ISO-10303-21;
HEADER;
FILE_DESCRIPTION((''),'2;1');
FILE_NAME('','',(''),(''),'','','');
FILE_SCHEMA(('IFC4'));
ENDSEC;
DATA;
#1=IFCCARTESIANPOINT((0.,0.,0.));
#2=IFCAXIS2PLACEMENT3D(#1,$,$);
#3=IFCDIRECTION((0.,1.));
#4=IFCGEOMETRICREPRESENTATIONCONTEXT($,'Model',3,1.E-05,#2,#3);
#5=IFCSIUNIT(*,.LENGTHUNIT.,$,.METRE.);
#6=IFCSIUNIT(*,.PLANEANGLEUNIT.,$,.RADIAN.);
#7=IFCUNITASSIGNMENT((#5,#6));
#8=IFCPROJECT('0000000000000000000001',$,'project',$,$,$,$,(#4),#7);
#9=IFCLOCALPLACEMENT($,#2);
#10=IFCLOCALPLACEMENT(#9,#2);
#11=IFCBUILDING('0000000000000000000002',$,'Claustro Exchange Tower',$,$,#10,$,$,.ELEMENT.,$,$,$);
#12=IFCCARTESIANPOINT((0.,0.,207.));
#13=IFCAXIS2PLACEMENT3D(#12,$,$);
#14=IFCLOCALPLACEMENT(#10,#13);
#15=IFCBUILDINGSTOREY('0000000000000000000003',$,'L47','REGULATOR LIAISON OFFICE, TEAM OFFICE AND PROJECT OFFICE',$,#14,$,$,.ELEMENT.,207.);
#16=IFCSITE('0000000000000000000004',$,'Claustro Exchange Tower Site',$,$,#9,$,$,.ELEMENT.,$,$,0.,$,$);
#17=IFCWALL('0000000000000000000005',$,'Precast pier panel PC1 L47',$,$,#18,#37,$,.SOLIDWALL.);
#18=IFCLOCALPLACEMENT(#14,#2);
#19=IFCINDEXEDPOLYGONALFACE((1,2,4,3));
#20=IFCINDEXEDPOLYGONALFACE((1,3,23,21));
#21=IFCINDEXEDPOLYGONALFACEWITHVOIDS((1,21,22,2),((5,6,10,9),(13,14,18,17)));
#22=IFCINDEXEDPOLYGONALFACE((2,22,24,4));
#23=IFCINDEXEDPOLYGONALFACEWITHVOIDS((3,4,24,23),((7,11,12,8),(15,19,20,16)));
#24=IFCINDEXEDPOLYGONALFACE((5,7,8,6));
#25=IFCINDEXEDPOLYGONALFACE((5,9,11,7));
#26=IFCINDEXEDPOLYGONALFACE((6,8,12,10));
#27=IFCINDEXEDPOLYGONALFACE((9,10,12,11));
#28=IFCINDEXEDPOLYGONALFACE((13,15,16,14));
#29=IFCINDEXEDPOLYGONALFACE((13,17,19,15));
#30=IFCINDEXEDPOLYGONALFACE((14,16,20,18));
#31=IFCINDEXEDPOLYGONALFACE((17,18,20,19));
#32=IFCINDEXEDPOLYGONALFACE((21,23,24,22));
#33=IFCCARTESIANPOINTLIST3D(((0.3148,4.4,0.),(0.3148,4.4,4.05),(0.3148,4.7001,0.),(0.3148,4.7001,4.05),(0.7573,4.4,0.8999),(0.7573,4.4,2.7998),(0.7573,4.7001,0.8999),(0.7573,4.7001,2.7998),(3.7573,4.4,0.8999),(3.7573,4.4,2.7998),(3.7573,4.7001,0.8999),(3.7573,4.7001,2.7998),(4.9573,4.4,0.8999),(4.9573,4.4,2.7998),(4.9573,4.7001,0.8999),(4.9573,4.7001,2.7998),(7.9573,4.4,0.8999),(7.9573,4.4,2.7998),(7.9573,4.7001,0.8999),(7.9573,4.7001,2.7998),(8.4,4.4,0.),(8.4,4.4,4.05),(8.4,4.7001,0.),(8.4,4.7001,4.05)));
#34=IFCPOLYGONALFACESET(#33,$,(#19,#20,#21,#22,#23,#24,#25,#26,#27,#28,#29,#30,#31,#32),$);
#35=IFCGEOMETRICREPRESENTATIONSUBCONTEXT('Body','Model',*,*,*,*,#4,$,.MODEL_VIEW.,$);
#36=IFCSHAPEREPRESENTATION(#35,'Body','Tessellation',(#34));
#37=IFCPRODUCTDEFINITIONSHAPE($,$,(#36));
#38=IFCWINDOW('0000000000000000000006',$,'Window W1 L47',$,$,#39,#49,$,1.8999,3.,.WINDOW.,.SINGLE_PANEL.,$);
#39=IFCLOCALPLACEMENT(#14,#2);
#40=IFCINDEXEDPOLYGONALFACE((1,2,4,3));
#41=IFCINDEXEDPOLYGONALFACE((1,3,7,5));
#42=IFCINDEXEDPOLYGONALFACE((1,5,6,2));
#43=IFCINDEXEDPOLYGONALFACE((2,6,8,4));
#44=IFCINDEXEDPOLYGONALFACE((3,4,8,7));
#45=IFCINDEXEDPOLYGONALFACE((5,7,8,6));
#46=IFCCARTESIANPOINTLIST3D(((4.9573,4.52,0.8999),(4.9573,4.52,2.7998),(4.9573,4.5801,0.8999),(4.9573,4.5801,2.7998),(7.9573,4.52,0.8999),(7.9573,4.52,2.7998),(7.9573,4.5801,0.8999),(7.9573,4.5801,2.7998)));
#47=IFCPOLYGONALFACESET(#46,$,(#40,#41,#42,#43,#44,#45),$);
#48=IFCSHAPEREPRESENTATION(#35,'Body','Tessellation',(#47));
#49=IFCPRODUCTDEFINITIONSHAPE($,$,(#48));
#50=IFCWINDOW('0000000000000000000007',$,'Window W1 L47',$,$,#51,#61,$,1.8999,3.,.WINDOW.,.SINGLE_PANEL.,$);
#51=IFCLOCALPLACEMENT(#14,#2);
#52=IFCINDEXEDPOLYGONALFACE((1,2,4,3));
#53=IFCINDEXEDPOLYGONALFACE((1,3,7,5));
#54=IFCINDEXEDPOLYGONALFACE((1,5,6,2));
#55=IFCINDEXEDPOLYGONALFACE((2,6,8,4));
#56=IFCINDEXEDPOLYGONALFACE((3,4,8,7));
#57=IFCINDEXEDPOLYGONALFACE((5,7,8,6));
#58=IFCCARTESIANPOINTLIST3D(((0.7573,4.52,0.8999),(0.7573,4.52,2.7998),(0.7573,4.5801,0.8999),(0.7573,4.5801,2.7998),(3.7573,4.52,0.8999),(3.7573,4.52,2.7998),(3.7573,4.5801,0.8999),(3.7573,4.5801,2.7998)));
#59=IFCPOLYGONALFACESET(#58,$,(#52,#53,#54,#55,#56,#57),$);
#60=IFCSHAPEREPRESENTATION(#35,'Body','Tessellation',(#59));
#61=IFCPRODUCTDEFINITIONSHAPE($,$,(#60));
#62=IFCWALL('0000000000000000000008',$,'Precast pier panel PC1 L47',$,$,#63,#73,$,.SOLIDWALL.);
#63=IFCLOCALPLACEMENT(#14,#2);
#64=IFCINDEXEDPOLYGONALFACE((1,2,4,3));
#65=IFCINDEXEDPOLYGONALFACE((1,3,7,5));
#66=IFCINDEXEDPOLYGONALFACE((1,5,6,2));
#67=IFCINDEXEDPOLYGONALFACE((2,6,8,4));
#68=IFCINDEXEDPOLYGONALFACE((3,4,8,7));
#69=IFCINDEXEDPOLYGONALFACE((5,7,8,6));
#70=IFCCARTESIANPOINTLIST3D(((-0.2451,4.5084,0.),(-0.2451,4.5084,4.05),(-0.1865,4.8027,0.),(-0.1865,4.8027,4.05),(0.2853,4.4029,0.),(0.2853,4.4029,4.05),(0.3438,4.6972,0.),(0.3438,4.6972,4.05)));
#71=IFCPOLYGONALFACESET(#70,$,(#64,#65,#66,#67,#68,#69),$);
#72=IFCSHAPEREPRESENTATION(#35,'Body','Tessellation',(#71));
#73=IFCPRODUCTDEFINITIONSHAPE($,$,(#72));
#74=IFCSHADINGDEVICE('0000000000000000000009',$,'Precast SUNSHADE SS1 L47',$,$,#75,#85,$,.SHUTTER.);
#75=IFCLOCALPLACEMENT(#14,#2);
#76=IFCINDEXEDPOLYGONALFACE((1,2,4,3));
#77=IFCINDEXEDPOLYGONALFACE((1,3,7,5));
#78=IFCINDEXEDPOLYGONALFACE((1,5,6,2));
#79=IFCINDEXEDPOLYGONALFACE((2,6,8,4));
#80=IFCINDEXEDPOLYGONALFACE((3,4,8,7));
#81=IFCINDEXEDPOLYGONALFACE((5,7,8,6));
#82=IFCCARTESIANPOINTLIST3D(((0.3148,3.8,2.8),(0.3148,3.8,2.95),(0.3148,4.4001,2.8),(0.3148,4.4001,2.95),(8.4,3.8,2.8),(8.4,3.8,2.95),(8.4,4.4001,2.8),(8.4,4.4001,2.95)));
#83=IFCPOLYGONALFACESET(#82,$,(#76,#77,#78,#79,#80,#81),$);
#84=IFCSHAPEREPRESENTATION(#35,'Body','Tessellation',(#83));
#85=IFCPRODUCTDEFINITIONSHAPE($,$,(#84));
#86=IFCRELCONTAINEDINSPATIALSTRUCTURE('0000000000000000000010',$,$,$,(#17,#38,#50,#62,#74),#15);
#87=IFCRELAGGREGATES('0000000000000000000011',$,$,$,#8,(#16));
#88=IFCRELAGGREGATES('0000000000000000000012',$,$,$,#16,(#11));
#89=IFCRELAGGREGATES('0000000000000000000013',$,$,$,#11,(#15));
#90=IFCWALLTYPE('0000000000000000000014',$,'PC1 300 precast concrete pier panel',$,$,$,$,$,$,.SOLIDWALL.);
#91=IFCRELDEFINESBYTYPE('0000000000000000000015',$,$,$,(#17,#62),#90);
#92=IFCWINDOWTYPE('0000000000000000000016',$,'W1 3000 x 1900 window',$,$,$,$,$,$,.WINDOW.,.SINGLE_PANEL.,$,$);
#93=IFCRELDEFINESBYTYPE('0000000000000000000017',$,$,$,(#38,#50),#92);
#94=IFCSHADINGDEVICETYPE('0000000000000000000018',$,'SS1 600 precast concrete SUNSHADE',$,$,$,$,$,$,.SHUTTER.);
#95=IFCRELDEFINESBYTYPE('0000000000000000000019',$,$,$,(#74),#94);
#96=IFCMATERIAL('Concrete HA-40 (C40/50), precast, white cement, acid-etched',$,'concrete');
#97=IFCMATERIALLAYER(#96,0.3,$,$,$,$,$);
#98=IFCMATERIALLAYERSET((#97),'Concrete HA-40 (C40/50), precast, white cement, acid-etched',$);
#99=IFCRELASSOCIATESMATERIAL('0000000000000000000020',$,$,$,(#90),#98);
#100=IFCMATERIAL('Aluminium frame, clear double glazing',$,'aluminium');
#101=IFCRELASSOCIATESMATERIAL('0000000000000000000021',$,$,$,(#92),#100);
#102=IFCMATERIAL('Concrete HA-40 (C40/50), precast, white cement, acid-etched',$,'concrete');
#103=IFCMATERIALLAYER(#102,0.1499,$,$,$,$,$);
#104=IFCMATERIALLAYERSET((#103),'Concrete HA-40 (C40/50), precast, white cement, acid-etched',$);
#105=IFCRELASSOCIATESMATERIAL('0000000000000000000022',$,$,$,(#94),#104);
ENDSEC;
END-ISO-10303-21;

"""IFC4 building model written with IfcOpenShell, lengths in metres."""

from ifc_helpers import new_model, si_unit, direction, frame, frame_2d, origin, origin_2d, place, context, subcontext, project, spatial, rectangle, extrude, material, layer, layer_set, type_object, element, fill, save


model = new_model("IFC4")

# Units and contexts
model_context = context("Model", 3, precision=1e-05, world=origin(), true_north=direction((0.0, 1.0)))
body_context = subcontext(model_context, "Body", "Model", "MODEL_VIEW")
ifc_project = project(units=[si_unit("LENGTHUNIT", "METRE"), si_unit("PLANEANGLEUNIT", "RADIAN")], contexts=[model_context])

# Site, building, storey
site_placement = place(None, origin())
site = spatial("IfcSite", under=ifc_project, at=site_placement, Name="Claustro Exchange Tower Site", CompositionType="ELEMENT", RefElevation=0.0)
building_placement = place(site_placement, origin())
building = spatial("IfcBuilding", under=site, at=building_placement, Name="Claustro Exchange Tower", CompositionType="ELEMENT")
storey_placement = place(building_placement, frame((0.0, 0.0, 207.0)))
storey = spatial("IfcBuildingStorey", under=building, at=storey_placement, Name="L47", Description="REGULATOR LIAISON OFFICE, TEAM OFFICE AND PROJECT OFFICE", CompositionType="ELEMENT", Elevation=207.0)

# Wall, openings, windows
ifc_material_1 = material(Name="Concrete HA-40 (C40/50), precast, white cement, acid-etched", Category="concrete")
ifc_layer_1 = layer(ifc_material_1, 0.3)
ifc_layer_set_1 = layer_set([ifc_layer_1], Name="Concrete HA-40 (C40/50), precast, white cement, acid-etched")
wall_type_1 = type_object("IfcWallType", Name="PC1 300 precast concrete pier panel", PredefinedType="SOLIDWALL", material=ifc_layer_set_1)
wall_1_placement = place(storey_placement, frame((8.3999, 4.55, 0.0), z_axis=(0.0, 0.0, 1.0), x_axis=(-1.0, 0.0, 0.0)))
wall_1 = element("IfcWall", 1, at=wall_1_placement, inside=storey, type_object=wall_type_1, Name="Precast pier panel PC1 L47", PredefinedType="SOLIDWALL", context=body_context, shape_type="SweptSolid", body=[
    extrude(rectangle(XDim=8.0852, YDim=0.3, at=frame_2d((4.0425, 0.0))), origin(), (0.0, 0.0, 1.0), 4.05),
])
opening_1_placement = place(wall_1_placement, frame((0.4426, 0.0, 0.8999)))
opening_1 = element("IfcOpeningElement", 2, at=opening_1_placement, cuts=wall_1, PredefinedType="OPENING", context=body_context, shape_type="SweptSolid", body=[
    extrude(rectangle(XDim=3.0, YDim=1.8999, at=frame_2d((1.5, 0.95))), frame((0.0, 0.1599, 0.0), z_axis=(0.0, -1.0, 0.0), x_axis=(1.0, 0.0, 0.0)), (0.0, 0.0, 1.0), 0.3201),
])
opening_2_placement = place(wall_1_placement, frame((4.6426, 0.0, 0.8999)))
opening_2 = element("IfcOpeningElement", 3, at=opening_2_placement, cuts=wall_1, PredefinedType="OPENING", context=body_context, shape_type="SweptSolid", body=[
    extrude(rectangle(XDim=3.0, YDim=1.8999, at=frame_2d((1.5, 0.95))), frame((0.0, 0.1599, 0.0), z_axis=(0.0, -1.0, 0.0), x_axis=(1.0, 0.0, 0.0)), (0.0, 0.0, 1.0), 0.3201),
])
ifc_material_2 = material(Name="Aluminium frame, clear double glazing", Category="aluminium")
window_type = type_object("IfcWindowType", Name="W1 3000 x 1900 window", PartitioningType="SINGLE_PANEL", PredefinedType="WINDOW", material=ifc_material_2)
window_1_placement = place(opening_1_placement, origin())
window_1 = element("IfcWindow", 4, at=window_1_placement, inside=storey, type_object=window_type, Name="Window W1 L47", OverallHeight=1.8999, OverallWidth=3.0, PartitioningType="SINGLE_PANEL", PredefinedType="WINDOW", context=body_context, shape_type="SweptSolid", body=[
    extrude(rectangle(XDim=3.0, YDim=1.8999, at=frame_2d((1.5, 0.95))), frame((0.0, 0.03, 0.0), z_axis=(0.0, -1.0, 0.0), x_axis=(1.0, 0.0, 0.0)), (0.0, 0.0, 1.0), 0.0601),
])
fill(opening_1, window_1)
window_2_placement = place(opening_2_placement, origin())
window_2 = element("IfcWindow", 5, at=window_2_placement, inside=storey, type_object=window_type, Name="Window W1 L47", OverallHeight=1.8999, OverallWidth=3.0, PartitioningType="SINGLE_PANEL", PredefinedType="WINDOW", context=body_context, shape_type="SweptSolid", body=[
    extrude(rectangle(XDim=3.0, YDim=1.8999, at=frame_2d((1.5, 0.95))), frame((0.0, 0.03, 0.0), z_axis=(0.0, -1.0, 0.0), x_axis=(1.0, 0.0, 0.0)), (0.0, 0.0, 1.0), 0.0601),
])
fill(opening_2, window_2)

# Wall
wall_2_placement = place(storey_placement, frame((0.3147, 4.55, 0.0), z_axis=(0.0, 0.0, 1.0), x_axis=(-0.980789, 0.195074, 0.0)))
element("IfcWall", 6, at=wall_2_placement, inside=storey, type_object=wall_type_1, Name="Precast pier panel PC1 L47", PredefinedType="SOLIDWALL", context=body_context, shape_type="SweptSolid", body=[
    extrude(rectangle(XDim=0.5408, YDim=0.3, at=frame_2d((0.2705, 0.0))), origin(), (0.0, 0.0, 1.0), 4.05),
])

# Shading device
ifc_material_3 = material(Name="Concrete HA-40 (C40/50), precast, white cement, acid-etched", Category="concrete")
ifc_layer_2 = layer(ifc_material_3, 0.1499)
ifc_layer_set_2 = layer_set([ifc_layer_2], Name="Concrete HA-40 (C40/50), precast, white cement, acid-etched")
shading_device_type = type_object("IfcShadingDeviceType", Name="SS1 600 precast concrete SUNSHADE", PredefinedType="SHUTTER", material=ifc_layer_set_2)
shading_device_placement = place(storey_placement, frame((4.3574, 4.1001, 2.8), z_axis=(0.0, 0.0, 1.0), x_axis=(-1.0, 0.0, 0.0)))
element("IfcShadingDevice", 7, at=shading_device_placement, inside=storey, type_object=shading_device_type, Name="Precast SUNSHADE SS1 L47", PredefinedType="SHUTTER", context=body_context, shape_type="SweptSolid", body=[
    extrude(rectangle(XDim=8.0852, YDim=0.6001, at=origin_2d()), origin(), (0.0, 0.0, 1.0), 0.1499),
])

save(model, "model.ifc")
